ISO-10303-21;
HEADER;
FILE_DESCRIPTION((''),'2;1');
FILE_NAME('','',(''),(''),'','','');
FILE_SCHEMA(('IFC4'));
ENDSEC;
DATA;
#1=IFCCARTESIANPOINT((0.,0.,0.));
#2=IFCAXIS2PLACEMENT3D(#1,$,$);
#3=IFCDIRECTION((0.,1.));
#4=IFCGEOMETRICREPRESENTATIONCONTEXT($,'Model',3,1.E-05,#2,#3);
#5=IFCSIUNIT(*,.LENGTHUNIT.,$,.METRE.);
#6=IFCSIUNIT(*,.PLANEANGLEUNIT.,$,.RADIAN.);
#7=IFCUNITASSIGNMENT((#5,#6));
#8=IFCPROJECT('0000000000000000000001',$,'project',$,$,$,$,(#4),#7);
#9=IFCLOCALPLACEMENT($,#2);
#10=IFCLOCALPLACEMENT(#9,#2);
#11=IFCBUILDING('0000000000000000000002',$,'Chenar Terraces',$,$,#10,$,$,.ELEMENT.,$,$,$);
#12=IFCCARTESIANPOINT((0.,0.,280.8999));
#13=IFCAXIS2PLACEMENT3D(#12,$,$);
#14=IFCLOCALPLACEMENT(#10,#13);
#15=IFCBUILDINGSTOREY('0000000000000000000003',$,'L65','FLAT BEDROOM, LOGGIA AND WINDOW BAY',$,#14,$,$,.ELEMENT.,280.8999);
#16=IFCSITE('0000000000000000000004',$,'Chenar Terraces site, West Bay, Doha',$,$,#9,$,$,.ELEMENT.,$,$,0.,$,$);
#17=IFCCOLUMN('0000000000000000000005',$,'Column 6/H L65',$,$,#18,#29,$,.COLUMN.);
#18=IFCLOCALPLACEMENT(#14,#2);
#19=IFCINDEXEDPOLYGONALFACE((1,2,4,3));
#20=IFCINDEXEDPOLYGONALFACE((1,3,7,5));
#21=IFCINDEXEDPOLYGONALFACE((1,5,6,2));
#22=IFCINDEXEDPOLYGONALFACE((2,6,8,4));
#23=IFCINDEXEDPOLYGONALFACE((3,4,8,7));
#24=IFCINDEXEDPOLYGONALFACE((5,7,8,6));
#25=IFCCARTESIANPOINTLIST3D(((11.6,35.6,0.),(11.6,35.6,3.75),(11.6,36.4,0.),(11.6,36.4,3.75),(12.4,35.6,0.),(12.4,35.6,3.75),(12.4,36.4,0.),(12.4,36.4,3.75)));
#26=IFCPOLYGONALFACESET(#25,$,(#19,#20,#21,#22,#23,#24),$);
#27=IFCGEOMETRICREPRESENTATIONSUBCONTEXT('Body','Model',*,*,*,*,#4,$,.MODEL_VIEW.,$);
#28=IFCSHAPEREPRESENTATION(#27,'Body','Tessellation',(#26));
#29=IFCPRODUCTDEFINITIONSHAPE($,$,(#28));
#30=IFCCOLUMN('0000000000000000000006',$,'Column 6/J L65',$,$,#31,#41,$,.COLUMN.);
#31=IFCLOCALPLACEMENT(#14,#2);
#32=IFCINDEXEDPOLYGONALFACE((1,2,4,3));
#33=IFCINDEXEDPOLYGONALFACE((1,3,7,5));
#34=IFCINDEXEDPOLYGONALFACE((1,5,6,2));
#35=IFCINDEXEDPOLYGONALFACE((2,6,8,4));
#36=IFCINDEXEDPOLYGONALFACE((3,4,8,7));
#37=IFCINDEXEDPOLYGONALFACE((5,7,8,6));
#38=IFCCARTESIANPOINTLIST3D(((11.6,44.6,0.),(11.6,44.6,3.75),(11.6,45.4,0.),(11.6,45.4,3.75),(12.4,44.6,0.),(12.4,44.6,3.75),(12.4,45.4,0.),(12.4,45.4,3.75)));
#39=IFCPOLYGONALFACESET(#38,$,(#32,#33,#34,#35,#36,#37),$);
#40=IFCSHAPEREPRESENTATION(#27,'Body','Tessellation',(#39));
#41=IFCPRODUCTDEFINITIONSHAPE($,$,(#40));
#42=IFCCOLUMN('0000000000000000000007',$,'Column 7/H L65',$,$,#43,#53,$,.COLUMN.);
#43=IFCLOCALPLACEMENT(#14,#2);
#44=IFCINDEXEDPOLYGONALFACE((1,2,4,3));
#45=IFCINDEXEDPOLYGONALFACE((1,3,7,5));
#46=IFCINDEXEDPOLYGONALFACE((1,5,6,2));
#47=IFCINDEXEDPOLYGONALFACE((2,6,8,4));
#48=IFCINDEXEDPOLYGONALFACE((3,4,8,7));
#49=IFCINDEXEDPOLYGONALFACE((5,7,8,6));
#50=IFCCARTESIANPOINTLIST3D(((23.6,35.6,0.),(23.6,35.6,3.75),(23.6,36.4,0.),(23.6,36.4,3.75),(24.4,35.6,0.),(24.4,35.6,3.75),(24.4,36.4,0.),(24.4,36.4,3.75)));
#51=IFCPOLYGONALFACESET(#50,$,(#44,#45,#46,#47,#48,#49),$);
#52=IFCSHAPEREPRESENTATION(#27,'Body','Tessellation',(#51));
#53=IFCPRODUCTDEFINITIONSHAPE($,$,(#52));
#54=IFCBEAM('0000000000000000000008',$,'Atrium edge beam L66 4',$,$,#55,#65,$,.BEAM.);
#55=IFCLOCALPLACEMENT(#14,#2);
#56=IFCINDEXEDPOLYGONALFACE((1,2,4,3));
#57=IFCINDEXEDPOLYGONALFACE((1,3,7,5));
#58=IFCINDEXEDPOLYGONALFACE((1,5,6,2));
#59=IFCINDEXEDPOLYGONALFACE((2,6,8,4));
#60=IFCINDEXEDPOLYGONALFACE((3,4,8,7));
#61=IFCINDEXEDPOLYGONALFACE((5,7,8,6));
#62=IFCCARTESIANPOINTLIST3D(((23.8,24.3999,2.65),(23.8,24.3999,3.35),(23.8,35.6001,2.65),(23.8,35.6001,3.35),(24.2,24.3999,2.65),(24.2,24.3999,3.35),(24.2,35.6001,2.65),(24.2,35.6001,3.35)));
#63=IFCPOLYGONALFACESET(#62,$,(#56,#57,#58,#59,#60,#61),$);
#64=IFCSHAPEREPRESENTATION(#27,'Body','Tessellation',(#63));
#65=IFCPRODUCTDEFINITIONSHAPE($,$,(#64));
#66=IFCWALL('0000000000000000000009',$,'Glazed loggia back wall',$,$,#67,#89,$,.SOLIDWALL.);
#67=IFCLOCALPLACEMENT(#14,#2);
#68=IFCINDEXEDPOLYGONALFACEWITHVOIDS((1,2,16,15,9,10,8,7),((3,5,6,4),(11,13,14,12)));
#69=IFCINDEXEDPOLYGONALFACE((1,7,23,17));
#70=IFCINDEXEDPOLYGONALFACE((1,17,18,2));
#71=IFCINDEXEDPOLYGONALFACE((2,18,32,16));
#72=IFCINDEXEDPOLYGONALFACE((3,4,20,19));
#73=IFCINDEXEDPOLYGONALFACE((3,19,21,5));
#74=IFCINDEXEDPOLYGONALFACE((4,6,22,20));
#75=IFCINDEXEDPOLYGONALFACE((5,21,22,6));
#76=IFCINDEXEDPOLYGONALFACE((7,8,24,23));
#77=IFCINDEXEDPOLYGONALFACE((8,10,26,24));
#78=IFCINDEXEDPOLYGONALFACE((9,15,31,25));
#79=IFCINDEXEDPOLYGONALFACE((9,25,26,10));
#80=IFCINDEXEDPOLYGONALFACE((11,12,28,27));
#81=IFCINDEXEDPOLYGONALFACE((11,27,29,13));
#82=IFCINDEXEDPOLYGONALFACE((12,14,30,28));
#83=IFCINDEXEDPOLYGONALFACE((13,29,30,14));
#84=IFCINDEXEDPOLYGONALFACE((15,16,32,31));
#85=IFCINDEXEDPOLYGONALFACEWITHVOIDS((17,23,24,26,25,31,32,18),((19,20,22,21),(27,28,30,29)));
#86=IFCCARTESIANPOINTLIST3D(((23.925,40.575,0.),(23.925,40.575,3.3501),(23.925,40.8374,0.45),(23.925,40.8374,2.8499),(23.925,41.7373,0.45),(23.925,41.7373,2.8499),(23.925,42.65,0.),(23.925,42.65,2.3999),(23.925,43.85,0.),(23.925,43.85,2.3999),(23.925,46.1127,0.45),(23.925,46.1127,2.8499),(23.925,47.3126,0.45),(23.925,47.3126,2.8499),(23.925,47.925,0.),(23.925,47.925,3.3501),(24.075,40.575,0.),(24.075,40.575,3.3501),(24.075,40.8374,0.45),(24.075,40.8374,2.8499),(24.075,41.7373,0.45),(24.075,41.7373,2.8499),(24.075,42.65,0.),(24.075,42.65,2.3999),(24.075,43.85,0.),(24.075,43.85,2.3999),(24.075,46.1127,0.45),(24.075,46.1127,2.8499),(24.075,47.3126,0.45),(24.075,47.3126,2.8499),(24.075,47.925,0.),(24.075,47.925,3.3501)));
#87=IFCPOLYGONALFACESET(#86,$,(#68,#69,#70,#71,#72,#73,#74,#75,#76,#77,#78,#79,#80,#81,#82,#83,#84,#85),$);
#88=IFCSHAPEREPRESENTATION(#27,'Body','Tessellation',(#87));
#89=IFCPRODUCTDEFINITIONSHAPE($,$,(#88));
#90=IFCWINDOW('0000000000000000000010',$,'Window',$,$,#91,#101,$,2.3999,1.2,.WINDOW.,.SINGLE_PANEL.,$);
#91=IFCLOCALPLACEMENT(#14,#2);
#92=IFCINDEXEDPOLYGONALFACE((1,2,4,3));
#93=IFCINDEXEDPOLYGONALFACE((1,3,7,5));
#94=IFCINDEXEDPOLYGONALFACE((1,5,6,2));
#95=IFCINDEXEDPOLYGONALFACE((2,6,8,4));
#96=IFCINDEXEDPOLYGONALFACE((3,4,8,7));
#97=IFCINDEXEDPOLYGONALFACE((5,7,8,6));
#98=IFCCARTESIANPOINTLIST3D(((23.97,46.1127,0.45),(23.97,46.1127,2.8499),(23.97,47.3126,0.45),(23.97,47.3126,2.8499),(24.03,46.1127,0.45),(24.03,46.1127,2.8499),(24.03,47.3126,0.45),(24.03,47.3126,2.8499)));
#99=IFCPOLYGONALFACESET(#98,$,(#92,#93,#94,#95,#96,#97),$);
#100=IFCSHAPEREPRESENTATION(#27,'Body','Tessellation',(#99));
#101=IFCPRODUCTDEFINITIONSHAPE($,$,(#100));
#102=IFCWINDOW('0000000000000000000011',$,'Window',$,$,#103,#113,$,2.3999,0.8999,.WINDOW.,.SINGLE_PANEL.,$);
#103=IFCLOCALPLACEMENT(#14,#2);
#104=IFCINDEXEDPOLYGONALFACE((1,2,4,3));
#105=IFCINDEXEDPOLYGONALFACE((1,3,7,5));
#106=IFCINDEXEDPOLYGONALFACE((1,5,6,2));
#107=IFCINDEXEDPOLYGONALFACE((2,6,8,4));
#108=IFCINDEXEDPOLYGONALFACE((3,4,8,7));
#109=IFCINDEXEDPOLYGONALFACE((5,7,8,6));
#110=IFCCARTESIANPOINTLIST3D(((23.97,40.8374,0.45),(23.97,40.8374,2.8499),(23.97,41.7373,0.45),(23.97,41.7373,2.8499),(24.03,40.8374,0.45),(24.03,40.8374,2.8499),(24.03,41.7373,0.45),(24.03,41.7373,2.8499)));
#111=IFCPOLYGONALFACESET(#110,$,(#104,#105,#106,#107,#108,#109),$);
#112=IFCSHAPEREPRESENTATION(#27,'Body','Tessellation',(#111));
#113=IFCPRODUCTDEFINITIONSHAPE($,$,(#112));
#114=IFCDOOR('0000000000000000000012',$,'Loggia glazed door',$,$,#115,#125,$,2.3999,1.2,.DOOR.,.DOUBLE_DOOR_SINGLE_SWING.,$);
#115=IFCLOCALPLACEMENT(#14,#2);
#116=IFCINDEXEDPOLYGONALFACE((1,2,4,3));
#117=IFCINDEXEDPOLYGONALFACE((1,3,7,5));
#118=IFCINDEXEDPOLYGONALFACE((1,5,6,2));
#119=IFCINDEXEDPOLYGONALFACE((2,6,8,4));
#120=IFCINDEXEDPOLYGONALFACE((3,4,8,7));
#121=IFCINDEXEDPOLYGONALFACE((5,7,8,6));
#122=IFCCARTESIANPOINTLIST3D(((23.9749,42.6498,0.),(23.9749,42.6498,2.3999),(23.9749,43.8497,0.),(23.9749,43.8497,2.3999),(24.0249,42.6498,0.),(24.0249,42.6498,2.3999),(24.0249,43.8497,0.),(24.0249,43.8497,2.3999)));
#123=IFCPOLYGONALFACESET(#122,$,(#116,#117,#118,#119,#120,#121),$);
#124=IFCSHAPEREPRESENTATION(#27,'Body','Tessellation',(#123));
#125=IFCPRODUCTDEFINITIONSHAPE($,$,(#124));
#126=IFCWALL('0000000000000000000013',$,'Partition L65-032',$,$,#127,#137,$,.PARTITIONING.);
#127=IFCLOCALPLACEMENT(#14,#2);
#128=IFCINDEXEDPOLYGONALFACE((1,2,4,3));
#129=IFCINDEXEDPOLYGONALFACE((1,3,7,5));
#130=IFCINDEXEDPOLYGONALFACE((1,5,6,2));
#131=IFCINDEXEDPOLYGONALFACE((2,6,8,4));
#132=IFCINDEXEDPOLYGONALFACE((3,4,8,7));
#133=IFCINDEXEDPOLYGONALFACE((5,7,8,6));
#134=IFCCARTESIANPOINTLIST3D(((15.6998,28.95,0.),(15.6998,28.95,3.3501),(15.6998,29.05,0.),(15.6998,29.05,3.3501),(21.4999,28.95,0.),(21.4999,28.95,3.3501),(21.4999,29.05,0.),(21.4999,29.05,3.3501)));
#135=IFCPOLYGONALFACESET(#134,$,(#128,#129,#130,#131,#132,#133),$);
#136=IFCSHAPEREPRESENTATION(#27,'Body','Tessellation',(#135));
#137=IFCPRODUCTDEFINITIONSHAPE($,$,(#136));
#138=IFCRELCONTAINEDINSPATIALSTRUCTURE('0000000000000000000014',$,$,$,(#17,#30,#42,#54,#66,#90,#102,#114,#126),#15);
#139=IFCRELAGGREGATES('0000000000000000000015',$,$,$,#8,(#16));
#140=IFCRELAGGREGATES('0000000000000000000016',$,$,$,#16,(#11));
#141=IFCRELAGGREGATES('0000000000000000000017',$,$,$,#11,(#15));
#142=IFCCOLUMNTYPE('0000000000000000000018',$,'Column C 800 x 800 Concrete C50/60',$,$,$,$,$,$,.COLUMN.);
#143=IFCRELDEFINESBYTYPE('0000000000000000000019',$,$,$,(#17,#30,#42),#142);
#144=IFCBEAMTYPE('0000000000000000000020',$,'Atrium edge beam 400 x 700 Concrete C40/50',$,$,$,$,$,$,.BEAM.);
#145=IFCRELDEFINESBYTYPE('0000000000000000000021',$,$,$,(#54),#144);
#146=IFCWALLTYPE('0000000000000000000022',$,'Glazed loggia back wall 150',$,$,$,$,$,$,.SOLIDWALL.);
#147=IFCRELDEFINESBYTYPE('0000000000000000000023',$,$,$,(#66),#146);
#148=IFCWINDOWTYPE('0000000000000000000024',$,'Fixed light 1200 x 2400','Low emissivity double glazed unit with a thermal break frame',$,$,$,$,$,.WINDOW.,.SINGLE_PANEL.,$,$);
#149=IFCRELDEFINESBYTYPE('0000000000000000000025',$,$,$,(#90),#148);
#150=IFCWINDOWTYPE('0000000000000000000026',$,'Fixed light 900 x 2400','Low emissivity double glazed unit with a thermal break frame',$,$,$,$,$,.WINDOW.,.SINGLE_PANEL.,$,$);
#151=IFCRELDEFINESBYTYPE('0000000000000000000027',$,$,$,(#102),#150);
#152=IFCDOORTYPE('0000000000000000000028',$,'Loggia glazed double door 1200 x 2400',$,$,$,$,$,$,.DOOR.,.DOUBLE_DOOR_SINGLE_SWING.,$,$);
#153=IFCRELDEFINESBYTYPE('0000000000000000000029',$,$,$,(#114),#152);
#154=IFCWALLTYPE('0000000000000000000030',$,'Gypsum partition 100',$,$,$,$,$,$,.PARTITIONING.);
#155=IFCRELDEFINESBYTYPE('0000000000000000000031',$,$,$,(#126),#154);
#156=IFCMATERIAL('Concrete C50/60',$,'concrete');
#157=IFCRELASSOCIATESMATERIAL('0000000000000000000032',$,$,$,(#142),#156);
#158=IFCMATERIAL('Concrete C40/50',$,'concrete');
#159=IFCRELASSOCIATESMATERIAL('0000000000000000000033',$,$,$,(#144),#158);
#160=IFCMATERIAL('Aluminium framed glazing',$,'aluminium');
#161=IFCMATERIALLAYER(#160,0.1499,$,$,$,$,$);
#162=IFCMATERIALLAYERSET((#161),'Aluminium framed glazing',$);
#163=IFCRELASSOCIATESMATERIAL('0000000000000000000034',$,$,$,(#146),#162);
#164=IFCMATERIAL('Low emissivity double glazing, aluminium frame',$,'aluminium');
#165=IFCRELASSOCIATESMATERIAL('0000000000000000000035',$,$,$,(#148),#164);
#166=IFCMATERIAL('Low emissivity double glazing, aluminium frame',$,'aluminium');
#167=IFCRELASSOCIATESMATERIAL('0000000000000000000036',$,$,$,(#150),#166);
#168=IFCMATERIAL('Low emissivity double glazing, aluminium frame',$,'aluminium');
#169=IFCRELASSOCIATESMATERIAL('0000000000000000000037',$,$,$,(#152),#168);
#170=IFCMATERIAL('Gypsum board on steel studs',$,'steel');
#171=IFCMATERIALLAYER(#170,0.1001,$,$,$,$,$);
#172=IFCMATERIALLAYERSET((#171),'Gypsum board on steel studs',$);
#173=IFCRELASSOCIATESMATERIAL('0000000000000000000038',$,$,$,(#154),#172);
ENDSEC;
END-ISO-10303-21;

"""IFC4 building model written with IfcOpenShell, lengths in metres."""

from ifc_helpers import new_model, si_unit, direction, frame, frame_2d, origin, origin_2d, place, context, subcontext, project, spatial, rectangle, extrude, material, layer, layer_set, material_profile, profile_set, type_object, element, fill, save


model = new_model("IFC4")

# Units and contexts
model_context = context("Model", 3, precision=1e-05, world=origin(), true_north=direction((0.0, 1.0)))
body_context = subcontext(model_context, "Body", "Model", "MODEL_VIEW")
ifc_project = project(units=[si_unit("LENGTHUNIT", "METRE"), si_unit("PLANEANGLEUNIT", "RADIAN")], contexts=[model_context])

# Site, building, storey
site_placement = place(None, origin())
site = spatial("IfcSite", under=ifc_project, at=site_placement, Name="Chenar Terraces site, West Bay, Doha", CompositionType="ELEMENT", RefElevation=0.0)
building_placement = place(site_placement, origin())
building = spatial("IfcBuilding", under=site, at=building_placement, Name="Chenar Terraces", CompositionType="ELEMENT")
storey_placement = place(building_placement, frame((0.0, 0.0, 280.8999)))
storey = spatial("IfcBuildingStorey", under=building, at=storey_placement, Name="L65", Description="FLAT BEDROOM, LOGGIA AND WINDOW BAY", CompositionType="ELEMENT", Elevation=280.8999)

# Columns
ifc_material_1 = material(Name="Concrete C50/60", Category="concrete")
ifc_material_profile_1 = material_profile(ifc_material_1, rectangle(XDim=0.8, YDim=0.8, at=origin_2d()), Name="C 800 x 800")
ifc_profile_set_1 = profile_set([ifc_material_profile_1], Name="Concrete C50/60")
column_type = type_object("IfcColumnType", Name="Column C 800 x 800 Concrete C50/60", PredefinedType="COLUMN", material=ifc_profile_set_1)
for number, where, z_axis, x_axis, name in (
    (1, (12.0, 36.0, 0.0), (0.0, 0.0, 1.0), (1.0, 0.0, 0.0), "Column 6/H L65"),
    (2, (12.0, 45.0, 0.0), (0.0, 0.0, 1.0), (1.0, 0.0, 0.0), "Column 6/J L65"),
    (3, (24.0, 36.0, 0.0), (0.0, 0.0, 1.0), (1.0, 0.0, 0.0), "Column 7/H L65"),
):
    element("IfcColumn", number, at=place(storey_placement, frame(where, z_axis=z_axis, x_axis=x_axis)), inside=storey, type_object=column_type, Name=name, PredefinedType="COLUMN", context=body_context, shape_type="SweptSolid", body=[
        extrude(rectangle(XDim=0.8, YDim=0.8, at=origin_2d()), origin(), (0.0, 0.0, 1.0), 3.75),
    ])

# Beam
ifc_material_2 = material(Name="Concrete C40/50", Category="concrete")
ifc_material_profile_2 = material_profile(ifc_material_2, rectangle(XDim=0.3999, YDim=0.7, at=origin_2d()), Name="RC 400 x 700")
ifc_profile_set_2 = profile_set([ifc_material_profile_2], Name="Concrete C40/50")
beam_type = type_object("IfcBeamType", Name="Atrium edge beam 400 x 700 Concrete C40/50", PredefinedType="BEAM", material=ifc_profile_set_2)
beam_placement = place(storey_placement, frame((24.0, 35.6001, 3.0), z_axis=(0.0, -1.0, 0.0), x_axis=(1.0, 0.0, 0.0)))
element("IfcBeam", 4, at=beam_placement, inside=storey, type_object=beam_type, Name="Atrium edge beam L66 4", PredefinedType="BEAM", context=body_context, shape_type="SweptSolid", body=[
    extrude(rectangle(XDim=0.3999, YDim=0.7, at=origin_2d()), origin(), (0.0, 0.0, 1.0), 11.2002),
])

# Wall, openings, windows, door
ifc_material_3 = material(Name="Aluminium framed glazing", Category="aluminium")
ifc_layer_1 = layer(ifc_material_3, 0.1499)
ifc_layer_set_1 = layer_set([ifc_layer_1], Name="Aluminium framed glazing")
wall_type_1 = type_object("IfcWallType", Name="Glazed loggia back wall 150", PredefinedType="SOLIDWALL", material=ifc_layer_set_1)
wall_1_placement = place(storey_placement, frame((24.0, 40.575, 0.0), z_axis=(0.0, 0.0, 1.0), x_axis=(0.0, 1.0, 0.0)))
wall_1 = element("IfcWall", 5, at=wall_1_placement, inside=storey, type_object=wall_type_1, Name="Glazed loggia back wall", PredefinedType="SOLIDWALL", context=body_context, shape_type="SweptSolid", body=[
    extrude(rectangle(XDim=7.3501, YDim=0.1499, at=frame_2d((3.675, 0.0))), origin(), (0.0, 0.0, 1.0), 3.3501),
])
opening_1_placement = place(wall_1_placement, frame((0.2625, 0.0, 0.45)))
opening_1 = element("IfcOpeningElement", 6, at=opening_1_placement, cuts=wall_1, PredefinedType="OPENING", context=body_context, shape_type="SweptSolid", body=[
    extrude(rectangle(XDim=0.8999, YDim=2.3999, at=frame_2d((0.45, 1.2))), frame((0.0, 0.085, 0.0), z_axis=(0.0, -1.0, 0.0), x_axis=(1.0, 0.0, 0.0)), (0.0, 0.0, 1.0), 0.1699),
])
opening_2_placement = place(wall_1_placement, frame((2.075, 0.0, 0.0)))
opening_2 = element("IfcOpeningElement", 7, at=opening_2_placement, cuts=wall_1, PredefinedType="OPENING", context=body_context, shape_type="SweptSolid", body=[
    extrude(rectangle(XDim=1.2, YDim=2.3999, at=frame_2d((0.6001, 1.2))), frame((0.0, 0.085, 0.0), z_axis=(0.0, -1.0, 0.0), x_axis=(1.0, 0.0, 0.0)), (0.0, 0.0, 1.0), 0.1699),
])
opening_3_placement = place(wall_1_placement, frame((5.5376, 0.0, 0.45)))
opening_3 = element("IfcOpeningElement", 8, at=opening_3_placement, cuts=wall_1, PredefinedType="OPENING", context=body_context, shape_type="SweptSolid", body=[
    extrude(rectangle(XDim=1.2, YDim=2.3999, at=frame_2d((0.6001, 1.2))), frame((0.0, 0.085, 0.0), z_axis=(0.0, -1.0, 0.0), x_axis=(1.0, 0.0, 0.0)), (0.0, 0.0, 1.0), 0.1699),
])
ifc_material_4 = material(Name="Low emissivity double glazing, aluminium frame", Category="aluminium")
window_type_1 = type_object("IfcWindowType", Name="Fixed light 1200 x 2400", Description="Low emissivity double glazed unit with a thermal break frame", PartitioningType="SINGLE_PANEL", PredefinedType="WINDOW", material=ifc_material_4)
window_1_placement = place(opening_3_placement, origin())
window_1 = element("IfcWindow", 9, at=window_1_placement, inside=storey, type_object=window_type_1, Name="Window", OverallHeight=2.3999, OverallWidth=1.2, PartitioningType="SINGLE_PANEL", PredefinedType="WINDOW", context=body_context, shape_type="SweptSolid", body=[
    extrude(rectangle(XDim=1.2, YDim=2.3999, at=frame_2d((0.6001, 1.2))), frame((0.0, 0.03, 0.0), z_axis=(0.0, -1.0, 0.0), x_axis=(1.0, 0.0, 0.0)), (0.0, 0.0, 1.0), 0.0601),
])
fill(opening_3, window_1)
ifc_material_5 = material(Name="Low emissivity double glazing, aluminium frame", Category="aluminium")
window_type_2 = type_object("IfcWindowType", Name="Fixed light 900 x 2400", Description="Low emissivity double glazed unit with a thermal break frame", PartitioningType="SINGLE_PANEL", PredefinedType="WINDOW", material=ifc_material_5)
window_2_placement = place(opening_1_placement, origin())
window_2 = element("IfcWindow", 10, at=window_2_placement, inside=storey, type_object=window_type_2, Name="Window", OverallHeight=2.3999, OverallWidth=0.8999, PartitioningType="SINGLE_PANEL", PredefinedType="WINDOW", context=body_context, shape_type="SweptSolid", body=[
    extrude(rectangle(XDim=0.8999, YDim=2.3999, at=frame_2d((0.45, 1.2))), frame((0.0, 0.03, 0.0), z_axis=(0.0, -1.0, 0.0), x_axis=(1.0, 0.0, 0.0)), (0.0, 0.0, 1.0), 0.0601),
])
fill(opening_1, window_2)
ifc_material_6 = material(Name="Low emissivity double glazing, aluminium frame", Category="aluminium")
door_type_1 = type_object("IfcDoorType", Name="Loggia glazed double door 1200 x 2400", OperationType="DOUBLE_DOOR_SINGLE_SWING", PredefinedType="DOOR", material=ifc_material_6)
door_1_placement = place(opening_2_placement, frame((1.2, 0.0, 0.0), z_axis=(0.0, 0.0, 1.0), x_axis=(-1.0, 0.0, 0.0)))
door_1 = element("IfcDoor", 11, at=door_1_placement, inside=storey, type_object=door_type_1, Name="Loggia glazed door", OperationType="DOUBLE_DOOR_SINGLE_SWING", OverallHeight=2.3999, OverallWidth=1.2, PredefinedType="DOOR", context=body_context, shape_type="SweptSolid", body=[
    extrude(rectangle(XDim=1.2, YDim=2.3999, at=frame_2d((0.6001, 1.2))), frame((0.0, 0.0249, 0.0), z_axis=(0.0, -1.0, 0.0), x_axis=(1.0, 0.0, 0.0)), (0.0, 0.0, 1.0), 0.05),
])
fill(opening_2, door_1)

# Wall
ifc_material_7 = material(Name="Gypsum board on steel studs", Category="steel")
ifc_layer_2 = layer(ifc_material_7, 0.1001)
ifc_layer_set_2 = layer_set([ifc_layer_2], Name="Gypsum board on steel studs")
wall_type_2 = type_object("IfcWallType", Name="Gypsum partition 100", PredefinedType="PARTITIONING", material=ifc_layer_set_2)
wall_2_placement = place(storey_placement, frame((15.7, 29.0, 0.0), z_axis=(0.0, 0.0, 1.0), x_axis=(1.0, 0.0, 0.0)))
element("IfcWall", 12, at=wall_2_placement, inside=storey, type_object=wall_type_2, Name="Partition L65-032", PredefinedType="PARTITIONING", context=body_context, shape_type="SweptSolid", body=[
    extrude(rectangle(XDim=5.8, YDim=0.1001, at=frame_2d((2.8999, 0.0))), origin(), (0.0, 0.0, 1.0), 3.3501),
])

save(model, "model.ifc")
